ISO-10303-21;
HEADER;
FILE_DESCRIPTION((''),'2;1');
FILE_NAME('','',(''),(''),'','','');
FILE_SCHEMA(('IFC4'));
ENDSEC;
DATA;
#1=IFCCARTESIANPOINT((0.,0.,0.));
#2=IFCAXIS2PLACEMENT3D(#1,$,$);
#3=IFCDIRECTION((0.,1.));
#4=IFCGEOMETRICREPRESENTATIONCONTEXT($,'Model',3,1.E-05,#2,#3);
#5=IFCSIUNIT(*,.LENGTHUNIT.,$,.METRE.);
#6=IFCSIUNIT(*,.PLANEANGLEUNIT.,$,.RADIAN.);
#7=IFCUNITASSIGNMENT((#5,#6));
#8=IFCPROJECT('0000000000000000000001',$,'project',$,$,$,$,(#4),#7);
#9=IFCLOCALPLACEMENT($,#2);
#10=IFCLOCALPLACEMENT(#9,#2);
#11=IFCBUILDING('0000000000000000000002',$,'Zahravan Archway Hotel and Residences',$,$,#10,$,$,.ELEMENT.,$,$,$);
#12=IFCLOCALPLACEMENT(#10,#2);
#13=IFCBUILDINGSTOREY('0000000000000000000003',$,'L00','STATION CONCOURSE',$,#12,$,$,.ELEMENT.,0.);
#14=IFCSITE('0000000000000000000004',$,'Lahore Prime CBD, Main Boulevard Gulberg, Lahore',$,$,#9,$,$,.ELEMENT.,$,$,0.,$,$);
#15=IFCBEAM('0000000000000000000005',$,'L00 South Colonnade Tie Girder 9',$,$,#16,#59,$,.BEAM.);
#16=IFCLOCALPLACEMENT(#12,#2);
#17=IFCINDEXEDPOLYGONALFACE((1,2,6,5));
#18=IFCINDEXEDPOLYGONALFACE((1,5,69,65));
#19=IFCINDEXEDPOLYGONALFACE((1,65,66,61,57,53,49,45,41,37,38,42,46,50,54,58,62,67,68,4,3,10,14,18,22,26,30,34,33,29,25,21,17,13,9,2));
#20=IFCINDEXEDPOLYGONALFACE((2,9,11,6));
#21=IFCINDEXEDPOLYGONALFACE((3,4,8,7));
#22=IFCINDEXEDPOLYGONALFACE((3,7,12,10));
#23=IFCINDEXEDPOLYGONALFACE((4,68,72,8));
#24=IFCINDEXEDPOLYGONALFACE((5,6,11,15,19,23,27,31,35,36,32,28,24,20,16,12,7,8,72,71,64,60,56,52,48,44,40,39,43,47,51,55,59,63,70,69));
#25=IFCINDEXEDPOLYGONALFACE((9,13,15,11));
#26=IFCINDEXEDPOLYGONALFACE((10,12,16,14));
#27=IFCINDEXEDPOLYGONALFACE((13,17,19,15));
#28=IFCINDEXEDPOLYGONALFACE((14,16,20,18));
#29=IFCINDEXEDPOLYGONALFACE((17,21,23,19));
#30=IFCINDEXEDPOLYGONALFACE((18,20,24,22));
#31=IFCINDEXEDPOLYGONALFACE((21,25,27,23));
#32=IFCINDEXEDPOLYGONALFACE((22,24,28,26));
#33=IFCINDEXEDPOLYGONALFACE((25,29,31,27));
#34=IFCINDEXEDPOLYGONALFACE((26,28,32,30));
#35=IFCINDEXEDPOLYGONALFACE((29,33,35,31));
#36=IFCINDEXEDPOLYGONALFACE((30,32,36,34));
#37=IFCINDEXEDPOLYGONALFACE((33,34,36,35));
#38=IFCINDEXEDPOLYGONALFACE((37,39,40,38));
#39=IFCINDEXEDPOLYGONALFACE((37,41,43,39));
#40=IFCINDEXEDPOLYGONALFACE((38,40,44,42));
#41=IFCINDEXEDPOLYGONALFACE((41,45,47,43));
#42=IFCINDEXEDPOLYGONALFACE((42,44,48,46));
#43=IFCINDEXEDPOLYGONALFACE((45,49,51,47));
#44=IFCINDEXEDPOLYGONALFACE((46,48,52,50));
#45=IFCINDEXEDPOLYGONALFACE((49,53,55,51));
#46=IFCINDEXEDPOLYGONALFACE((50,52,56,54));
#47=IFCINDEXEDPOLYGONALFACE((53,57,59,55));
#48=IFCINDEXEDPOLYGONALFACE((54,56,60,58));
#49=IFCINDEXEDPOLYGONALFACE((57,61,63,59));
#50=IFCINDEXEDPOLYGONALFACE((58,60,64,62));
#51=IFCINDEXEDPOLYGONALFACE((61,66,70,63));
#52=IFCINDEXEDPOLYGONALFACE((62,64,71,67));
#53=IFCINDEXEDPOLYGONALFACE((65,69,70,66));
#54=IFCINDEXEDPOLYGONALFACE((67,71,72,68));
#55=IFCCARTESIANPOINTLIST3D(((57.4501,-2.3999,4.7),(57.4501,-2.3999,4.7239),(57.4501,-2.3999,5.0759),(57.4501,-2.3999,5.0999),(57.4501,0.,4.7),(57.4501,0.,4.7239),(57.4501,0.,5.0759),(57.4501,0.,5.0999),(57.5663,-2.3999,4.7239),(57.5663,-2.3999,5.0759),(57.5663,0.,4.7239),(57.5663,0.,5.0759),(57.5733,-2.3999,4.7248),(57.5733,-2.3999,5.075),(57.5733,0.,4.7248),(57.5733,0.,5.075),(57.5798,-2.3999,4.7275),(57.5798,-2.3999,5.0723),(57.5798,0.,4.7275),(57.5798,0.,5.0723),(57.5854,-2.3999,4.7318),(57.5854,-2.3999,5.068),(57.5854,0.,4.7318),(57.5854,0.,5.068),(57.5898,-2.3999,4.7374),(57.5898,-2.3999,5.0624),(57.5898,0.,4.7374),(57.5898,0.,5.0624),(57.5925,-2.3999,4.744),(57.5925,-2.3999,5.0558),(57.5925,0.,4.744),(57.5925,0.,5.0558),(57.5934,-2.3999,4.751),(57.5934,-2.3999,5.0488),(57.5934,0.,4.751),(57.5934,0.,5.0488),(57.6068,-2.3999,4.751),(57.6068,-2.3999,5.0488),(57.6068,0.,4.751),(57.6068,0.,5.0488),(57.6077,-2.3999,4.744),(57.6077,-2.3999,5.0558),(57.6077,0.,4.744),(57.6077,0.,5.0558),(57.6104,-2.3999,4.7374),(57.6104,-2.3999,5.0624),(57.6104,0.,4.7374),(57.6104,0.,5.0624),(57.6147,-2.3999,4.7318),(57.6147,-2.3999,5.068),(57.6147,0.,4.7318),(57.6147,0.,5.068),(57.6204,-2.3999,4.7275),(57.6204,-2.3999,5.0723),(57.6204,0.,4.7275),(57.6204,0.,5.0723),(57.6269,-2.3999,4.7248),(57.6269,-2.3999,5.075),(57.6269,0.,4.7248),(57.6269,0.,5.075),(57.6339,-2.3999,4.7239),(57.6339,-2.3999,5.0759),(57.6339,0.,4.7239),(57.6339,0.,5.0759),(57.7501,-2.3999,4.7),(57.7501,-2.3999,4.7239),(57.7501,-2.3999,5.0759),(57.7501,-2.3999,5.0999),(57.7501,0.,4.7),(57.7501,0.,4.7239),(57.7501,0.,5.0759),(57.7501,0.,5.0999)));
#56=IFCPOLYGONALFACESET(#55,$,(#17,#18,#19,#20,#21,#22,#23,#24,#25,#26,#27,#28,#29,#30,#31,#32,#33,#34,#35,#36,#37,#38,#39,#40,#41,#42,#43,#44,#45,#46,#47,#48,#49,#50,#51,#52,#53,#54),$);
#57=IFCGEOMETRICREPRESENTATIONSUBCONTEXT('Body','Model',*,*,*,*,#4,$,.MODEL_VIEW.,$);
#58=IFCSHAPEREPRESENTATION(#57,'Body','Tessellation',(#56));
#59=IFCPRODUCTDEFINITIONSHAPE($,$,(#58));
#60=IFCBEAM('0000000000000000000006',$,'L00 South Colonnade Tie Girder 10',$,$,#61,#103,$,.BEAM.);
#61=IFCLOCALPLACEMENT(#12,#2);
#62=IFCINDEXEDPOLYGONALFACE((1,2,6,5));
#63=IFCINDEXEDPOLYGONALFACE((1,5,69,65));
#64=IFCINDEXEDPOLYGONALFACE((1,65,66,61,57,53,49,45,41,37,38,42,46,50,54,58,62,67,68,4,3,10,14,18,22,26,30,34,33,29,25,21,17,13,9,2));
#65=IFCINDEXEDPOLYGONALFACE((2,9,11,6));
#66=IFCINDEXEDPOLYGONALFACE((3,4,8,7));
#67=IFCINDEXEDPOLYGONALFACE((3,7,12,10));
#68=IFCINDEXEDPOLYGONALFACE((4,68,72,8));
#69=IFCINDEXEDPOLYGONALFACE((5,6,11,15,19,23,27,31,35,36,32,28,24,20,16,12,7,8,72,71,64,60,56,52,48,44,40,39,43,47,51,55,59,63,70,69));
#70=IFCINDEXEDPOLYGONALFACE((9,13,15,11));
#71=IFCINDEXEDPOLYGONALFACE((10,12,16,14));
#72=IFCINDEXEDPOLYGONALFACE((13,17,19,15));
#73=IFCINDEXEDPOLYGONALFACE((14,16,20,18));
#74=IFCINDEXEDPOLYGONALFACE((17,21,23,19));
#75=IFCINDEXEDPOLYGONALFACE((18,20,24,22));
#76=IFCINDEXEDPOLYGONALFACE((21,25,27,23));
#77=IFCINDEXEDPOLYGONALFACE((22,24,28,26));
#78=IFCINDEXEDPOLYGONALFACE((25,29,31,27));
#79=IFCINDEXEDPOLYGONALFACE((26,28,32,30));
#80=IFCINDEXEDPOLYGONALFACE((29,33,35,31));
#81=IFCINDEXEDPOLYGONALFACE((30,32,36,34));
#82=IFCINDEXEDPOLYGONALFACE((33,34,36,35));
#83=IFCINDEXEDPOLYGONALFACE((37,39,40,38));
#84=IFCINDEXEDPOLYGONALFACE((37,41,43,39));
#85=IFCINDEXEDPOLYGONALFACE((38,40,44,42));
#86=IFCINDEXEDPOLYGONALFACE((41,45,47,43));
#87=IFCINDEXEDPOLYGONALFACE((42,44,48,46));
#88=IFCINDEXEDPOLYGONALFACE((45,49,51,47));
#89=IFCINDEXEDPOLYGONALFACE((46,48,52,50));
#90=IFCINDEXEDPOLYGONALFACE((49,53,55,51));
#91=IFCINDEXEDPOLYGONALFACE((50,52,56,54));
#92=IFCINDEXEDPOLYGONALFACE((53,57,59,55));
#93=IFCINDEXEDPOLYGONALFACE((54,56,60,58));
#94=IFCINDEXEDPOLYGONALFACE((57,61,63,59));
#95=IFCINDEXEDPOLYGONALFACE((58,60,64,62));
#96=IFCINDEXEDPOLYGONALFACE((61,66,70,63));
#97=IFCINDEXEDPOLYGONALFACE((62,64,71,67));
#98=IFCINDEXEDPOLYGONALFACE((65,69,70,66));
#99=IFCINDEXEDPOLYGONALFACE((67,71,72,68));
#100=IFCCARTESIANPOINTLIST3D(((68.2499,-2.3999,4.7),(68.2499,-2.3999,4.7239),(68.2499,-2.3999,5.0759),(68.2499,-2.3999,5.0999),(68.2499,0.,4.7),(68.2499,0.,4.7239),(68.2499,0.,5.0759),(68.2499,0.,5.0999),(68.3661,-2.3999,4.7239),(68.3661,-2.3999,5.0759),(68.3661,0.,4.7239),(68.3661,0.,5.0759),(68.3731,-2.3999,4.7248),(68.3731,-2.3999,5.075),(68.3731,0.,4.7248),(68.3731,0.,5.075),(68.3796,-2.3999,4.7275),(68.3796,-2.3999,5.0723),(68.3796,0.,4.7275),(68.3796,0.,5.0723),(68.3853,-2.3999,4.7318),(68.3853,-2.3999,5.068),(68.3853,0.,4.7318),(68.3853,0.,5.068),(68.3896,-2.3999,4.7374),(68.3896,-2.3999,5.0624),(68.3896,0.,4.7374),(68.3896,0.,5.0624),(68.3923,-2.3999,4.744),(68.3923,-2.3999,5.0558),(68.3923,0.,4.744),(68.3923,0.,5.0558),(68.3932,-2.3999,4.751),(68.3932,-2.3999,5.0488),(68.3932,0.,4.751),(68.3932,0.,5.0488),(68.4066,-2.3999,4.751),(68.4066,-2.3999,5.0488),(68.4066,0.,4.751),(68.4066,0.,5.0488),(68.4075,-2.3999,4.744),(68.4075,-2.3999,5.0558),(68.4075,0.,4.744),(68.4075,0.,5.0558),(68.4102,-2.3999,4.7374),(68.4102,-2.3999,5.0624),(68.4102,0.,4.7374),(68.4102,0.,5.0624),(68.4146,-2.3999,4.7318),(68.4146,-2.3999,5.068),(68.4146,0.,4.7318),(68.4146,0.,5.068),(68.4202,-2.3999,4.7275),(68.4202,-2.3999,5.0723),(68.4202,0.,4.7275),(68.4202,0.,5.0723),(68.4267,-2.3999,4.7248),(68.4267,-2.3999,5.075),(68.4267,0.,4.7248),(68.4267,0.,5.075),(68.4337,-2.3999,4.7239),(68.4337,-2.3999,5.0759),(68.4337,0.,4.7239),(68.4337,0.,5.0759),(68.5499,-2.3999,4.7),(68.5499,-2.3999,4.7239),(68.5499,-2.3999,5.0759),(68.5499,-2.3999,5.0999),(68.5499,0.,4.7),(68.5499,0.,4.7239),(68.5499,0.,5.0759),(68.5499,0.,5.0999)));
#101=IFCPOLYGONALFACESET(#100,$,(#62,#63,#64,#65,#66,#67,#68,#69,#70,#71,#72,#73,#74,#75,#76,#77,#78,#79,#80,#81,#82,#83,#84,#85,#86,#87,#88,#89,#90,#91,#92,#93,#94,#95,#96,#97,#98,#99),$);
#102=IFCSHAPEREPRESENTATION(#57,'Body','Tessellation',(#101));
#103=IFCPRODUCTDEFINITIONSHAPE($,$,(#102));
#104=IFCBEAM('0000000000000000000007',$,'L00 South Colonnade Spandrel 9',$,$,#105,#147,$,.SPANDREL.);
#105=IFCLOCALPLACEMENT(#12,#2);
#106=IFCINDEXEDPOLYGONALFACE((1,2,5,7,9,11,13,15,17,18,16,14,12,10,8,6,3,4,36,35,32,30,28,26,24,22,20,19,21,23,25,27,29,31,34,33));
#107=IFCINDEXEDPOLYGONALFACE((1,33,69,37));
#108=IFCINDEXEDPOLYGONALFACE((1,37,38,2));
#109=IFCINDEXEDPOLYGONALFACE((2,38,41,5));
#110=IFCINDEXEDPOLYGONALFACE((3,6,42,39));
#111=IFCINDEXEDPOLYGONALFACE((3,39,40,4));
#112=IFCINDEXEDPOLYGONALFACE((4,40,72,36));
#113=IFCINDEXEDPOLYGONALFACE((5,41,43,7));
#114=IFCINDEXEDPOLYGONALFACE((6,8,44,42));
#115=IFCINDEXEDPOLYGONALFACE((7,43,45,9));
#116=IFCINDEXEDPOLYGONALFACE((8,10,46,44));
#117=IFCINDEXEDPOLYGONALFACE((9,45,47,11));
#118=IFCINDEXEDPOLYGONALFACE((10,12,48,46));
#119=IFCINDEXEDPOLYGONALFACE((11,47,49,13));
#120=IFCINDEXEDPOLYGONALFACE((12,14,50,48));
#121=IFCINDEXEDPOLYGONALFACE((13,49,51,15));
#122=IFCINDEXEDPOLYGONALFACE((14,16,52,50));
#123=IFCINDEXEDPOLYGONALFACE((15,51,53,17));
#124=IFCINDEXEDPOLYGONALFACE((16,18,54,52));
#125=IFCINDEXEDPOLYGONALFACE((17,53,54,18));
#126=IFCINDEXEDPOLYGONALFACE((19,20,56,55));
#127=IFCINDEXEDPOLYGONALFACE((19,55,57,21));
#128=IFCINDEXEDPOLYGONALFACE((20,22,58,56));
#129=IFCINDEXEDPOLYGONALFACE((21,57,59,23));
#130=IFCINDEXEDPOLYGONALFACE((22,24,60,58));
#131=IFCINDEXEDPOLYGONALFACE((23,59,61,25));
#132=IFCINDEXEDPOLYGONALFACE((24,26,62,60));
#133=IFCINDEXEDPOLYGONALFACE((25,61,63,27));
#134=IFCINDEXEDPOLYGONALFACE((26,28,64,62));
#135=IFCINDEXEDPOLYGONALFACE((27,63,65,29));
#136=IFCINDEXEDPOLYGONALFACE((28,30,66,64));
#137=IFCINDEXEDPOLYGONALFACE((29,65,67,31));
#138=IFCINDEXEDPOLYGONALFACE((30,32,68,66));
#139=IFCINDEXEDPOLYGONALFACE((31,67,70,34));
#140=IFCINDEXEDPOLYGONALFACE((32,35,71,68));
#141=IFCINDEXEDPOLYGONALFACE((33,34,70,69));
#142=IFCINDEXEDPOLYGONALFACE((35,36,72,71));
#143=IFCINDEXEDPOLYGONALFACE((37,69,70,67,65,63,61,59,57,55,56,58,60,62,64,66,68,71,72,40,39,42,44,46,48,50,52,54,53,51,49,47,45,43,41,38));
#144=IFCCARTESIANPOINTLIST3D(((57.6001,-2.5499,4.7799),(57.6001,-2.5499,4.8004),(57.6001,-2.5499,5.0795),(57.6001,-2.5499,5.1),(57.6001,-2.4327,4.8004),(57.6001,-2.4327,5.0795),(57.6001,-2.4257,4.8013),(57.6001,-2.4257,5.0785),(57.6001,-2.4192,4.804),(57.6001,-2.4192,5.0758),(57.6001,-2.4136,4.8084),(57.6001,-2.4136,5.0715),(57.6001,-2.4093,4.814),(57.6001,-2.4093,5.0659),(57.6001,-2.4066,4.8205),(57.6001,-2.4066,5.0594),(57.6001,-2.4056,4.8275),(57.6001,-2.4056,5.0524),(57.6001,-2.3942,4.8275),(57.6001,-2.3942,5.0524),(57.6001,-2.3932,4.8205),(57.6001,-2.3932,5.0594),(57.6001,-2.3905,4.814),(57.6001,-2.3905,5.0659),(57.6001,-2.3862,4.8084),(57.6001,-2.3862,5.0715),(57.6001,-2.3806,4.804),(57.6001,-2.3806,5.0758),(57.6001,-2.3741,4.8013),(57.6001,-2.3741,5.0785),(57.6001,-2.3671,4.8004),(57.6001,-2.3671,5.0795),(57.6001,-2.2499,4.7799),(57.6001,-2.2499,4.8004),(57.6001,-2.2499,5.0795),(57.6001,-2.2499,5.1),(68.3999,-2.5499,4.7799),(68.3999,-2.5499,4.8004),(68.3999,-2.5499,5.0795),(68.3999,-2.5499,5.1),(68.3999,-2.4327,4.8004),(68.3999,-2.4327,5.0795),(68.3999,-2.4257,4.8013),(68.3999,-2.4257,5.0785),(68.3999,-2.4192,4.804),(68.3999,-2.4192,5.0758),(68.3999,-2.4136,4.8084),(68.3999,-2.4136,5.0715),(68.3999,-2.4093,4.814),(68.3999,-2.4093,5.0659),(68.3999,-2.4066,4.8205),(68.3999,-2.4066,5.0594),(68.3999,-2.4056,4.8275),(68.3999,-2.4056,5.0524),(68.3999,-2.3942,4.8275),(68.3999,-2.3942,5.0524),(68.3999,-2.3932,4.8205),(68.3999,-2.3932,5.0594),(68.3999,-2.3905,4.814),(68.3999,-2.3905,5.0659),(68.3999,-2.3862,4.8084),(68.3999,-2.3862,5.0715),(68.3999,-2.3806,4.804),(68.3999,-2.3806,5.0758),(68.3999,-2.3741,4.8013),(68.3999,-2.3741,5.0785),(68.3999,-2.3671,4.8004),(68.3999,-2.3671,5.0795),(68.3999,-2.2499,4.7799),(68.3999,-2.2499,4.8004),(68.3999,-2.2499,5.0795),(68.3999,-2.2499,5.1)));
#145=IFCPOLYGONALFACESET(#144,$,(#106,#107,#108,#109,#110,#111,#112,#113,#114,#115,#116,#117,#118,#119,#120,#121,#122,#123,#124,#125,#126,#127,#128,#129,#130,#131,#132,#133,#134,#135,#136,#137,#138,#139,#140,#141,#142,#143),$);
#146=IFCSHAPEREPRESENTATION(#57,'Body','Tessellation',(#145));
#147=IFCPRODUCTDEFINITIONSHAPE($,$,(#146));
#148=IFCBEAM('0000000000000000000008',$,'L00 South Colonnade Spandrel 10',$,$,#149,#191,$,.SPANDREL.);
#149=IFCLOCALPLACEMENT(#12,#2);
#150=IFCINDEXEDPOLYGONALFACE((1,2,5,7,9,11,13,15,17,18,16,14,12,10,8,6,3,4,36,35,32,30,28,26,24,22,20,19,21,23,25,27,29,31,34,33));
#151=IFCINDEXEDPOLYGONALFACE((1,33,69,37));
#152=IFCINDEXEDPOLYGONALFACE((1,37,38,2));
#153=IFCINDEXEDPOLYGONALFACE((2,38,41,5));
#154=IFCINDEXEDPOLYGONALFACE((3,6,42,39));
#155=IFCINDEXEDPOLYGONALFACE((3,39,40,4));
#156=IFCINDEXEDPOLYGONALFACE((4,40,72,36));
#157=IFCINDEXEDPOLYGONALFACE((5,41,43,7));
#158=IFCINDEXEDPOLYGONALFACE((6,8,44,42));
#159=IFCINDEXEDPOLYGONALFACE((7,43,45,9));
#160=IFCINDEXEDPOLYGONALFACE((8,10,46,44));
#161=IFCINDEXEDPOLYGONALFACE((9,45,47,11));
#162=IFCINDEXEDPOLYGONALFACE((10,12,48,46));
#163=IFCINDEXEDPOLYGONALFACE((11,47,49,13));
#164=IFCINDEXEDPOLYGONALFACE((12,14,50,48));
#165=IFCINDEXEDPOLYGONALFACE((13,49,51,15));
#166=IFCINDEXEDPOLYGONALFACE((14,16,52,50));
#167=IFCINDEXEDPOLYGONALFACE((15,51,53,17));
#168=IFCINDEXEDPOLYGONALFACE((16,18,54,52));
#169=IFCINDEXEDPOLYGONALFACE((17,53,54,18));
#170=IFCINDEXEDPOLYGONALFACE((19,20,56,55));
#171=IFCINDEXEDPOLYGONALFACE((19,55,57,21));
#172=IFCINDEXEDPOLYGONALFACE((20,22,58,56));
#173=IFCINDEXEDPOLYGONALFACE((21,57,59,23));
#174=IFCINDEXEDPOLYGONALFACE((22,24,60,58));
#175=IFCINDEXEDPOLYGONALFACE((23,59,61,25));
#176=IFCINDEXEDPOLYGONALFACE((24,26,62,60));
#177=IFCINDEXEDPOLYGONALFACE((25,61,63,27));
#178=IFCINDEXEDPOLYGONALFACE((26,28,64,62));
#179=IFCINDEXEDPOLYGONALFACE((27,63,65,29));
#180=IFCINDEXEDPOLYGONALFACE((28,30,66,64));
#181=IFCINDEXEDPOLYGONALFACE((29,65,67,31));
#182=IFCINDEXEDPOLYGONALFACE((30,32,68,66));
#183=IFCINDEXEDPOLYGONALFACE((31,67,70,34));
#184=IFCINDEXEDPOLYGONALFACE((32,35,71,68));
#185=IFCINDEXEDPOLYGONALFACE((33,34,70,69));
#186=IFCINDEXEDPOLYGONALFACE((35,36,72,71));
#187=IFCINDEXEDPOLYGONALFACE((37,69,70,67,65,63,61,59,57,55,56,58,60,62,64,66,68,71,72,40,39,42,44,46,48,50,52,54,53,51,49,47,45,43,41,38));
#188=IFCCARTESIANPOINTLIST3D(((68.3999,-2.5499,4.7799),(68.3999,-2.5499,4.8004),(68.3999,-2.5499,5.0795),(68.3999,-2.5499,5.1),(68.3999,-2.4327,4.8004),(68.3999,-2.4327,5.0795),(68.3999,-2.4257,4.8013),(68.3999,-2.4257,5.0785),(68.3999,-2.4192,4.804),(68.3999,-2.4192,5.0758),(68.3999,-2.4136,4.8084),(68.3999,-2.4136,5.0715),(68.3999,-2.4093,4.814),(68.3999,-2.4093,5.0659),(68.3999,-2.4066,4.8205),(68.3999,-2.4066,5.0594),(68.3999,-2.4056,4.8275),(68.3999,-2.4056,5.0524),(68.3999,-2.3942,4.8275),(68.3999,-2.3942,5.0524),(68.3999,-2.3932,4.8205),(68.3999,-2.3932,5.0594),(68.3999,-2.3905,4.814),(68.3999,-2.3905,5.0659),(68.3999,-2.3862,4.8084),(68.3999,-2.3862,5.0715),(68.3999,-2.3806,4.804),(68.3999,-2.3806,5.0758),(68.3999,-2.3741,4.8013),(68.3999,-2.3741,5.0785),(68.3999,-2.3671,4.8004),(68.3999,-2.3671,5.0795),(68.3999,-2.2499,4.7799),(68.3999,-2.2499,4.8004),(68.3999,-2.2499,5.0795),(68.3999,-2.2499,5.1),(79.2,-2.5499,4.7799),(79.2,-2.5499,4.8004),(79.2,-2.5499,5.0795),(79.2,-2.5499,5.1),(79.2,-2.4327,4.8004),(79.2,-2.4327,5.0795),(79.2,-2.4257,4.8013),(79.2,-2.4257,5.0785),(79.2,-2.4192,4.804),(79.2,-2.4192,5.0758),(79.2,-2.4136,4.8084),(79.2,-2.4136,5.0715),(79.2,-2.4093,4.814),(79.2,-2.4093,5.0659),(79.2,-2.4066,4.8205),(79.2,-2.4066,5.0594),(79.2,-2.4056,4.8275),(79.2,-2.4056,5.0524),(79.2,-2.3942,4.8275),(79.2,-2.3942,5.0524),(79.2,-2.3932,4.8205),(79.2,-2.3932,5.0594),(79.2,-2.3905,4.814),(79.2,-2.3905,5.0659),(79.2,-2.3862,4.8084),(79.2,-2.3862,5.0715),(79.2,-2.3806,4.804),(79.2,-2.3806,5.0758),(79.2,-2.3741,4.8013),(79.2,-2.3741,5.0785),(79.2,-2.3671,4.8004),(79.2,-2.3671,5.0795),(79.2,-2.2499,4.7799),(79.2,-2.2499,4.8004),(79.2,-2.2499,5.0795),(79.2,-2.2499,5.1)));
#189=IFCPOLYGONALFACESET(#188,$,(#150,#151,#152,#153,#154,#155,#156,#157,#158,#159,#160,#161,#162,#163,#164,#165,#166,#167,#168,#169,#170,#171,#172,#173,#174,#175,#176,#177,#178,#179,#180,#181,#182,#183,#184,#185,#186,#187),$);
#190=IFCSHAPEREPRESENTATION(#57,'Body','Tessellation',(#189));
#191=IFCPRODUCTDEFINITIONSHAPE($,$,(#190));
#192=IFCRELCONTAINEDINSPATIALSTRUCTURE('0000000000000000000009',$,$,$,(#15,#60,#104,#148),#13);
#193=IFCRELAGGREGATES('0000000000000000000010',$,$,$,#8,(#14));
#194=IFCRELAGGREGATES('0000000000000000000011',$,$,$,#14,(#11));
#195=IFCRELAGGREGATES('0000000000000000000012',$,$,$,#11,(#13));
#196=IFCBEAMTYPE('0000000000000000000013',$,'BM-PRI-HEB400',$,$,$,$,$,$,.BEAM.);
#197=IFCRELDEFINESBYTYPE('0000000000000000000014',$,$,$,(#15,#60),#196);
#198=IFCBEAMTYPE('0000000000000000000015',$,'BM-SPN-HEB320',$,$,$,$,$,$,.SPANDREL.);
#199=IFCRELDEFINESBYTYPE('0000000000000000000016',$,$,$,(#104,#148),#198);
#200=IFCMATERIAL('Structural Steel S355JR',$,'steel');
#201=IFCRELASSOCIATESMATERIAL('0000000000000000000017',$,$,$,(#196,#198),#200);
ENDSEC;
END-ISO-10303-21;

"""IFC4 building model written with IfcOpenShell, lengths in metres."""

from ifc_helpers import new_model, si_unit, direction, frame, origin, origin_2d, place, context, subcontext, project, spatial, i_section, extrude, source, transform, mapped, material, material_profile, profile_set, type_object, element, save


model = new_model("IFC4")

# Units and contexts
model_context = context("Model", 3, precision=1e-05, world=origin(), true_north=direction((0.0, 1.0)))
body_context = subcontext(model_context, "Body", "Model", "MODEL_VIEW")
ifc_project = project(units=[si_unit("LENGTHUNIT", "METRE"), si_unit("PLANEANGLEUNIT", "RADIAN")], contexts=[model_context])

# Site, building, storey
site_placement = place(None, origin())
site = spatial("IfcSite", under=ifc_project, at=site_placement, Name="Lahore Prime CBD, Main Boulevard Gulberg, Lahore", CompositionType="ELEMENT", RefElevation=0.0)
building_placement = place(site_placement, origin())
building = spatial("IfcBuilding", under=site, at=building_placement, Name="Zahravan Archway Hotel and Residences", CompositionType="ELEMENT")
storey_placement = place(building_placement, origin())
storey = spatial("IfcBuildingStorey", under=building, at=storey_placement, Name="L00", Description="STATION CONCOURSE", CompositionType="ELEMENT", Elevation=0.0)

# Beams
ifc_material_1 = material(Name="Structural Steel S355JR", Category="steel")
ifc_material_profile_1 = material_profile(ifc_material_1, i_section(OverallWidth=0.3, OverallDepth=0.3999, WebThickness=0.0134, FlangeThickness=0.0239, FilletRadius=0.0271, at=origin_2d()), Name="HEB 400", Category="steel")
ifc_profile_set_1 = profile_set([ifc_material_profile_1], Name="Structural Steel S355JR")
beam_type_1 = type_object("IfcBeamType", Name="BM-PRI-HEB400", PredefinedType="BEAM", material=ifc_profile_set_1)
shared_shape_1 = source(origin(), body_context, "Body", "SweptSolid", [
    extrude(i_section(OverallWidth=0.3, OverallDepth=0.3999, WebThickness=0.0134, FlangeThickness=0.0239, FilletRadius=0.0271, at=origin_2d()), origin(), (0.0, 0.0, 1.0), 2.3999),
])
for number, where, z_axis, x_axis, name in (
    (1, (57.6001, -2.3999, 4.8999), (0.0, 1.0, 0.0), (-1.0, 0.0, 0.0), "L00 South Colonnade Tie Girder 9"),
    (2, (68.3999, -2.3999, 4.8999), (0.0, 1.0, 0.0), (-1.0, 0.0, 0.0), "L00 South Colonnade Tie Girder 10"),
):
    element("IfcBeam", number, at=place(storey_placement, frame(where, z_axis=z_axis, x_axis=x_axis)), inside=storey, type_object=beam_type_1, Name=name, PredefinedType="BEAM", context=body_context, shape_type="MappedRepresentation", body=[
        mapped(shared_shape_1, transform((0.0, 0.0, 0.0), scale=1.0)),
    ])
ifc_material_profile_2 = material_profile(ifc_material_1, i_section(OverallWidth=0.3, OverallDepth=0.3201, WebThickness=0.0115, FlangeThickness=0.0205, FilletRadius=0.0271, at=origin_2d()), Name="HEB 320", Category="steel")
ifc_profile_set_2 = profile_set([ifc_material_profile_2], Name="Structural Steel S355JR")
beam_type_2 = type_object("IfcBeamType", Name="BM-SPN-HEB320", PredefinedType="SPANDREL", material=ifc_profile_set_2)
shared_shape_2 = source(origin(), body_context, "Body", "SweptSolid", [
    extrude(i_section(OverallWidth=0.3, OverallDepth=0.3201, WebThickness=0.0115, FlangeThickness=0.0205, FilletRadius=0.0271, at=origin_2d()), origin(), (0.0, 0.0, 1.0), 10.7998),
])
beam_1_placement = place(storey_placement, frame((57.6001, -2.3999, 4.9399), z_axis=(1.0, 0.0, 0.0), x_axis=(0.0, 1.0, 0.0)))
element("IfcBeam", 3, at=beam_1_placement, inside=storey, type_object=beam_type_2, Name="L00 South Colonnade Spandrel 9", PredefinedType="SPANDREL", context=body_context, shape_type="MappedRepresentation", body=[
    mapped(shared_shape_2, transform((0.0, 0.0, 0.0), scale=1.0)),
])
shared_shape_3 = source(origin(), body_context, "Body", "SweptSolid", [
    extrude(i_section(OverallWidth=0.3, OverallDepth=0.3201, WebThickness=0.0115, FlangeThickness=0.0205, FilletRadius=0.0271, at=origin_2d()), origin(), (0.0, 0.0, 1.0), 10.8),
])
beam_2_placement = place(storey_placement, frame((68.3999, -2.3999, 4.9399), z_axis=(1.0, 0.0, 0.0), x_axis=(0.0, 1.0, 0.0)))
element("IfcBeam", 4, at=beam_2_placement, inside=storey, type_object=beam_type_2, Name="L00 South Colonnade Spandrel 10", PredefinedType="SPANDREL", context=body_context, shape_type="MappedRepresentation", body=[
    mapped(shared_shape_3, transform((0.0, 0.0, 0.0), scale=1.0)),
])

save(model, "model.ifc")
